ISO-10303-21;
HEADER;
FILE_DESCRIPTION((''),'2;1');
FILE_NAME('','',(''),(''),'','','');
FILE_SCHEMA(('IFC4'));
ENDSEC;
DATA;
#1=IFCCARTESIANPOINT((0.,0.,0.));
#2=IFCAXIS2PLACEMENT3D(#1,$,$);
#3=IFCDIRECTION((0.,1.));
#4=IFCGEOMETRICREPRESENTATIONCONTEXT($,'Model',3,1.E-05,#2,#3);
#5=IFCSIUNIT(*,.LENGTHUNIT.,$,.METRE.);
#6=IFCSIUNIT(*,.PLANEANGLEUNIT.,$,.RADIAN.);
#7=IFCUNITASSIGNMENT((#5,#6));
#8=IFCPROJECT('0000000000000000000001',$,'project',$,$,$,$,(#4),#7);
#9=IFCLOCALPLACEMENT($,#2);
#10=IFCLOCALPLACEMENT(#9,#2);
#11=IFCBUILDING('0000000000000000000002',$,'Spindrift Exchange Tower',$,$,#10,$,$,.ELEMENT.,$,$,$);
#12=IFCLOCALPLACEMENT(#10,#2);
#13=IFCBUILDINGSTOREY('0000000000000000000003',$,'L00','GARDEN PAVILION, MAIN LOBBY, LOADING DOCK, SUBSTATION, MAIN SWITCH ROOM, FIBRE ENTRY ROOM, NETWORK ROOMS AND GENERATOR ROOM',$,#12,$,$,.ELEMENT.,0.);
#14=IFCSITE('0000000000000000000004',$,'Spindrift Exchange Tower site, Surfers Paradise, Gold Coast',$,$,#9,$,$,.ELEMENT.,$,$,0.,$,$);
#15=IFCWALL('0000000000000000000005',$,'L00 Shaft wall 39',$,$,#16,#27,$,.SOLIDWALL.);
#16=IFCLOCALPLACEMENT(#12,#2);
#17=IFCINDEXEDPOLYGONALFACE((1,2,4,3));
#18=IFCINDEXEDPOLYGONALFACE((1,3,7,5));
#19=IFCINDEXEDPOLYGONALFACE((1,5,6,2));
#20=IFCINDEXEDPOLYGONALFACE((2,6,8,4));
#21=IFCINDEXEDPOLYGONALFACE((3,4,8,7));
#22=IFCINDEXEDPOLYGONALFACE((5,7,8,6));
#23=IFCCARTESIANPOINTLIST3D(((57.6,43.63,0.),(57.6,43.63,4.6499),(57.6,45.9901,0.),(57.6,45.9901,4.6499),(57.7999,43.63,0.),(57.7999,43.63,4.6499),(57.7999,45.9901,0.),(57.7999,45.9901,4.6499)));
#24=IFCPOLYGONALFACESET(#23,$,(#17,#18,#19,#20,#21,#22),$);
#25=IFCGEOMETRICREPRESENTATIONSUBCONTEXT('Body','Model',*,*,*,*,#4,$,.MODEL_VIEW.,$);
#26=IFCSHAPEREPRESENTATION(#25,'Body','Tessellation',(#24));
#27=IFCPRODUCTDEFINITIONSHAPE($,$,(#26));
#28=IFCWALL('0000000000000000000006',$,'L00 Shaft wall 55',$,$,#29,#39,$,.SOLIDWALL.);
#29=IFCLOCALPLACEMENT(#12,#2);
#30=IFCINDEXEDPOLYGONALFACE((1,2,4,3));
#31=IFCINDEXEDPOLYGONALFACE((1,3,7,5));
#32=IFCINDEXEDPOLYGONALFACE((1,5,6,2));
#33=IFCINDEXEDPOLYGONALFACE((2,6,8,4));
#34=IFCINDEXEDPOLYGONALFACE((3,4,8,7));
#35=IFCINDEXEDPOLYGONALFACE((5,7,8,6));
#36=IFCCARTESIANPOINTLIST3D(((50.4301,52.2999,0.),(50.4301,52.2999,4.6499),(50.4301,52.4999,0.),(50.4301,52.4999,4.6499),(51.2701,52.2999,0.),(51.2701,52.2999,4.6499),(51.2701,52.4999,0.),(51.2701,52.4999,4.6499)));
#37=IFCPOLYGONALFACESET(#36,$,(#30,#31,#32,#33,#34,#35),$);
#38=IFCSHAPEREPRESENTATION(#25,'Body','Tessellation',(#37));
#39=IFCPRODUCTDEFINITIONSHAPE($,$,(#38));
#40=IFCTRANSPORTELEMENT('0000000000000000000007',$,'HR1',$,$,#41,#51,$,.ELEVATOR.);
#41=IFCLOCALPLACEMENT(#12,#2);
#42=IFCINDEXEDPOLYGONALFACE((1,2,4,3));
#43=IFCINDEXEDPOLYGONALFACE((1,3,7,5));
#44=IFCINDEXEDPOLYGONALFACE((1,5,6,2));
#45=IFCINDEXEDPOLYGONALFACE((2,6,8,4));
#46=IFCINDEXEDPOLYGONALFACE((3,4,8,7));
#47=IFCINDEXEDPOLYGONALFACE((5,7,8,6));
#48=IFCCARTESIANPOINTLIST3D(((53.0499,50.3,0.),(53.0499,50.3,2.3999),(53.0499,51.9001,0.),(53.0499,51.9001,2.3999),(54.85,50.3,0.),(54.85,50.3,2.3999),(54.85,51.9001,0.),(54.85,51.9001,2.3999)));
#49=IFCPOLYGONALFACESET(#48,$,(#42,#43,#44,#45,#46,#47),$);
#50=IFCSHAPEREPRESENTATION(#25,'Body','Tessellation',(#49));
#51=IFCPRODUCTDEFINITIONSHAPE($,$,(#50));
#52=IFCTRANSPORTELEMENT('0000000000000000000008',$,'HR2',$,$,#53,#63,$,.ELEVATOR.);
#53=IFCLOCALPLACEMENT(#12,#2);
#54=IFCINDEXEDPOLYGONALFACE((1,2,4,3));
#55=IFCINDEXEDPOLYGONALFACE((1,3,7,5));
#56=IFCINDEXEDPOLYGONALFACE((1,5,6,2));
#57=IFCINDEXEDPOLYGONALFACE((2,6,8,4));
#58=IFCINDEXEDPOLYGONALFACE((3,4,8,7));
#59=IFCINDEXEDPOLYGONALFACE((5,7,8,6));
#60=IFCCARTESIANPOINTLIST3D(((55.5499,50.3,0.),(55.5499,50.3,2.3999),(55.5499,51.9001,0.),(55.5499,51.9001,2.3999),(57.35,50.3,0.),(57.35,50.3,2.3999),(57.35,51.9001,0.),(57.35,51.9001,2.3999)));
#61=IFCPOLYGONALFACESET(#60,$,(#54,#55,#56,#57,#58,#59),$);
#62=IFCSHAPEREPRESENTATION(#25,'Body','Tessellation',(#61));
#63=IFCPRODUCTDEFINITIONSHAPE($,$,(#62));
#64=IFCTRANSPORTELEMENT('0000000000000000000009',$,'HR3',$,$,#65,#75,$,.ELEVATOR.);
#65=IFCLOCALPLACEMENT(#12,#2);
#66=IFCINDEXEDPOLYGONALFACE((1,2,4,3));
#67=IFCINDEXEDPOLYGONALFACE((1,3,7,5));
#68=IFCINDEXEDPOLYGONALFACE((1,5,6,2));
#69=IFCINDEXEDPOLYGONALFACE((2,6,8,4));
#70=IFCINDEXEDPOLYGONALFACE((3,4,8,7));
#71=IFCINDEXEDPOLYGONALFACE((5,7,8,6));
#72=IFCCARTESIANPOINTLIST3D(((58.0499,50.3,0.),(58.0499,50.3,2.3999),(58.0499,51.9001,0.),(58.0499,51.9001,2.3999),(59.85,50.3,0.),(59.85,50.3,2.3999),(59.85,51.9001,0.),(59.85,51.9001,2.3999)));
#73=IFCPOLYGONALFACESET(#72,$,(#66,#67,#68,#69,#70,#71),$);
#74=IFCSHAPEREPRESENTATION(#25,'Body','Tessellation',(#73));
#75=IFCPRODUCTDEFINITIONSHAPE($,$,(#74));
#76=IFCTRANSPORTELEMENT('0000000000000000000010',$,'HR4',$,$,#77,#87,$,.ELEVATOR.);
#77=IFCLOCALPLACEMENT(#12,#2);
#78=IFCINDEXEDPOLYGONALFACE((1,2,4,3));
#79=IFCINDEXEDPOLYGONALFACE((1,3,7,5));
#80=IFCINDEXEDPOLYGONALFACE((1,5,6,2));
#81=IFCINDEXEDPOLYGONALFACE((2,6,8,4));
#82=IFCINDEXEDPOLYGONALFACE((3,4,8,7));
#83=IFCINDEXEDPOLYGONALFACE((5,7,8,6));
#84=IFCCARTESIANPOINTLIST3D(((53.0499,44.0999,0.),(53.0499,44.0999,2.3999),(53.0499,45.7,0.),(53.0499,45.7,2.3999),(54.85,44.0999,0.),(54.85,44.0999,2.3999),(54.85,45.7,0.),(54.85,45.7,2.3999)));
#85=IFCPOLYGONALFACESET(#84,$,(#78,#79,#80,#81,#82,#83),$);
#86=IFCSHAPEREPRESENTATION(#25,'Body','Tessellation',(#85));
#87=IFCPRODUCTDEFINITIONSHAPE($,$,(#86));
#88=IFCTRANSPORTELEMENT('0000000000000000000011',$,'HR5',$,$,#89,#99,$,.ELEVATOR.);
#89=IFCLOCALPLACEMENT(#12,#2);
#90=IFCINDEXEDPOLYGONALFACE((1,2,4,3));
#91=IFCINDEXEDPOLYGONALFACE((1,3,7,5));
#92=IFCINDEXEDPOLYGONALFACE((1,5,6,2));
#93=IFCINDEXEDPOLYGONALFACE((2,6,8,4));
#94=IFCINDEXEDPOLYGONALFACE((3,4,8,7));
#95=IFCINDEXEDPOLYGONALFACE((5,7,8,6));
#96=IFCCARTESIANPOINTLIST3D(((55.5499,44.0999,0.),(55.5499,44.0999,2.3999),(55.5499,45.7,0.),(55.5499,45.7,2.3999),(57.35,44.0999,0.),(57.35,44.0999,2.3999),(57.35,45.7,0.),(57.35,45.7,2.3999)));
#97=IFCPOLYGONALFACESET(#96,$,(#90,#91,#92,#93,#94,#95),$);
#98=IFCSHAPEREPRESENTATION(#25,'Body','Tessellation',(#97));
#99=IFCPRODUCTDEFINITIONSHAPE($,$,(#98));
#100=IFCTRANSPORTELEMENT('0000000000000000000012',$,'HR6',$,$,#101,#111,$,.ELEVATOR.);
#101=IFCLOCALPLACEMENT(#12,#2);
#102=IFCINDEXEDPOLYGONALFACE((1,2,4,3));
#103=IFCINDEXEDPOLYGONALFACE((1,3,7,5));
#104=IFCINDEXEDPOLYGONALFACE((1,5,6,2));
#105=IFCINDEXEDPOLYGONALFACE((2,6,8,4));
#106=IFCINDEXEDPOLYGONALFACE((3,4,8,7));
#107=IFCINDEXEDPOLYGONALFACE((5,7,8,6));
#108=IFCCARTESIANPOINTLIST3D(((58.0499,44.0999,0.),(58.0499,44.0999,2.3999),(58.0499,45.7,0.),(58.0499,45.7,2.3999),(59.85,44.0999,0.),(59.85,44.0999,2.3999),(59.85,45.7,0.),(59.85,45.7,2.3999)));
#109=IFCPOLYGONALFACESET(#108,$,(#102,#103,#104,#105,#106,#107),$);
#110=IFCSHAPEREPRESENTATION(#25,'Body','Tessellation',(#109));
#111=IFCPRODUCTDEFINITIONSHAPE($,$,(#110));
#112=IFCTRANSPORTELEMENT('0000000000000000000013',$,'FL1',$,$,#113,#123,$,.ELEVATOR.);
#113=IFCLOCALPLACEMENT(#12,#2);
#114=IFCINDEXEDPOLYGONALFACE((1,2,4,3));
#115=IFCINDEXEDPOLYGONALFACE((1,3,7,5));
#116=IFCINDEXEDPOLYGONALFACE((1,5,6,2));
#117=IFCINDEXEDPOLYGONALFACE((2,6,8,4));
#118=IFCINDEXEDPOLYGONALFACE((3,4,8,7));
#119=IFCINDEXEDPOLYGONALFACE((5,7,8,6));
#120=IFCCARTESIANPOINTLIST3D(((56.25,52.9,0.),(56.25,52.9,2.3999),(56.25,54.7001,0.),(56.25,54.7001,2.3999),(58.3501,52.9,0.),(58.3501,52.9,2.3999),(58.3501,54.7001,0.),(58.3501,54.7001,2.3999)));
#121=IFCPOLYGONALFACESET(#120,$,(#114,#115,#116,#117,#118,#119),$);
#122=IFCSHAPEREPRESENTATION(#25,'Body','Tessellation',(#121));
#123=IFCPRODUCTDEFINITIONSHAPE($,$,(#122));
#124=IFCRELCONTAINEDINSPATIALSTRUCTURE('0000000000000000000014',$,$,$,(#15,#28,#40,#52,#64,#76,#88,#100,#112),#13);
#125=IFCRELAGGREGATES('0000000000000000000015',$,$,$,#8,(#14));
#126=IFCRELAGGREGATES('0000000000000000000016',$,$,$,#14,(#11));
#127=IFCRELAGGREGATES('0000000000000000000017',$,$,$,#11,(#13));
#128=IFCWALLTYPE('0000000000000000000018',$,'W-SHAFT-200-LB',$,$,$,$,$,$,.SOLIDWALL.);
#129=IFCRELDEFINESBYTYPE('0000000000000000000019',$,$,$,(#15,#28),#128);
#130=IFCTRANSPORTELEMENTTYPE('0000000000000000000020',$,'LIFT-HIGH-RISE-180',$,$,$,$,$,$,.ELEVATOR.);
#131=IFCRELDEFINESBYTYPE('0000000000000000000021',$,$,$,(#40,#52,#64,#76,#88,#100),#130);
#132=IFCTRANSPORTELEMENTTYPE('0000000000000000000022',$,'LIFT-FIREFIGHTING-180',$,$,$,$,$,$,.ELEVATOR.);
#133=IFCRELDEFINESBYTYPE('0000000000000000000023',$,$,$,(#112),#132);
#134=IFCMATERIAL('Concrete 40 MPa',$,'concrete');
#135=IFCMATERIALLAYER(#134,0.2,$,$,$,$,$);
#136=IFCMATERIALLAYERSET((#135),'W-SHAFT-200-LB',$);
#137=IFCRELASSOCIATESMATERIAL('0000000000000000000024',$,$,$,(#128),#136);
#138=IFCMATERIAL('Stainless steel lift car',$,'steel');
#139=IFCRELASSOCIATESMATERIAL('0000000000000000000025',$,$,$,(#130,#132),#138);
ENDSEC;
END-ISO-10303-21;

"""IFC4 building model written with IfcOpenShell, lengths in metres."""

from ifc_helpers import new_model, si_unit, direction, frame, frame_2d, origin, origin_2d, place, context, subcontext, project, spatial, rectangle, extrude, source, transform, mapped, material, layer, layer_set, type_object, element, save


model = new_model("IFC4")

# Units and contexts
model_context = context("Model", 3, precision=1e-05, world=origin(), true_north=direction((0.0, 1.0)))
body_context = subcontext(model_context, "Body", "Model", "MODEL_VIEW")
ifc_project = project(units=[si_unit("LENGTHUNIT", "METRE"), si_unit("PLANEANGLEUNIT", "RADIAN")], contexts=[model_context])

# Site, building, storey
site_placement = place(None, origin())
site = spatial("IfcSite", under=ifc_project, at=site_placement, Name="Spindrift Exchange Tower site, Surfers Paradise, Gold Coast", CompositionType="ELEMENT", RefElevation=0.0)
building_placement = place(site_placement, origin())
building = spatial("IfcBuilding", under=site, at=building_placement, Name="Spindrift Exchange Tower", CompositionType="ELEMENT")
storey_placement = place(building_placement, origin())
storey = spatial("IfcBuildingStorey", under=building, at=storey_placement, Name="L00", Description="GARDEN PAVILION, MAIN LOBBY, LOADING DOCK, SUBSTATION, MAIN SWITCH ROOM, FIBRE ENTRY ROOM, NETWORK ROOMS AND GENERATOR ROOM", CompositionType="ELEMENT", Elevation=0.0)

# Shared definitions
ifc_material_1 = material(Name="Concrete 40 MPa", Category="concrete")

# Shared definitions
ifc_layer_1 = layer(ifc_material_1, 0.2)
ifc_layer_set_1 = layer_set([ifc_layer_1], Name="W-SHAFT-200-LB")
wall_type_1 = type_object("IfcWallType", Name="W-SHAFT-200-LB", PredefinedType="SOLIDWALL", material=ifc_layer_set_1)

# Walls
for number, where, z_axis, x_axis, name in (
    (1, (57.7, 43.6299, 0.0), (0.0, 0.0, 1.0), (0.0, 1.0, 0.0), "L00 Shaft wall 39"),
):
    element("IfcWall", number, at=place(storey_placement, frame(where, z_axis=z_axis, x_axis=x_axis)), inside=storey, type_object=wall_type_1, Name=name, PredefinedType="SOLIDWALL", context=body_context, shape_type="SweptSolid", body=[
        extrude(rectangle(XDim=2.3601, YDim=0.2, at=frame_2d((1.1802, 0.0))), origin(), (0.0, 0.0, 1.0), 4.6499),
    ])
wall_1_placement = place(storey_placement, frame((51.27, 52.3999, 0.0), z_axis=(0.0, 0.0, 1.0), x_axis=(-1.0, 0.0, 0.0)))
element("IfcWall", 2, at=wall_1_placement, inside=storey, type_object=wall_type_1, Name="L00 Shaft wall 55", PredefinedType="SOLIDWALL", context=body_context, shape_type="SweptSolid", body=[
    extrude(rectangle(XDim=0.8401, YDim=0.2, at=frame_2d((0.4199, 0.0))), origin(), (0.0, 0.0, 1.0), 4.6499),
])

# Transport elements
ifc_material_2 = material(Name="Stainless steel lift car", Category="steel")
transport_element_type_1 = type_object("IfcTransportElementType", Name="LIFT-HIGH-RISE-180", PredefinedType="ELEVATOR", material=ifc_material_2)
shared_shape_1 = source(origin(), body_context, "Body", "SweptSolid", [
    extrude(rectangle(XDim=1.8, YDim=1.6001, at=origin_2d()), origin(), (0.0, 0.0, 1.0), 2.3999),
])
for number, where, z_axis, x_axis, name in (
    (3, (53.95, 51.1001, 0.0), (0.0, 0.0, 1.0), (1.0, 0.0, 0.0), "HR1"),
    (4, (56.45, 51.1001, 0.0), (0.0, 0.0, 1.0), (1.0, 0.0, 0.0), "HR2"),
    (5, (58.95, 51.1001, 0.0), (0.0, 0.0, 1.0), (1.0, 0.0, 0.0), "HR3"),
    (6, (53.95, 44.8999, 0.0), (0.0, 0.0, 1.0), (1.0, 0.0, 0.0), "HR4"),
    (7, (56.45, 44.8999, 0.0), (0.0, 0.0, 1.0), (1.0, 0.0, 0.0), "HR5"),
    (8, (58.95, 44.8999, 0.0), (0.0, 0.0, 1.0), (1.0, 0.0, 0.0), "HR6"),
):
    element("IfcTransportElement", number, at=place(storey_placement, frame(where, z_axis=z_axis, x_axis=x_axis)), inside=storey, type_object=transport_element_type_1, Name=name, PredefinedType="ELEVATOR", context=body_context, shape_type="MappedRepresentation", body=[
        mapped(shared_shape_1, transform((0.0, 0.0, 0.0), scale=1.0)),
    ])
transport_element_type_2 = type_object("IfcTransportElementType", Name="LIFT-FIREFIGHTING-180", PredefinedType="ELEVATOR", material=ifc_material_2)
shared_shape_2 = source(origin(), body_context, "Body", "SweptSolid", [
    extrude(rectangle(XDim=2.1001, YDim=1.8, at=origin_2d()), origin(), (0.0, 0.0, 1.0), 2.3999),
])
transport_element_placement = place(storey_placement, frame((57.3, 53.8, 0.0), z_axis=(0.0, 0.0, 1.0), x_axis=(1.0, 0.0, 0.0)))
element("IfcTransportElement", 9, at=transport_element_placement, inside=storey, type_object=transport_element_type_2, Name="FL1", PredefinedType="ELEVATOR", context=body_context, shape_type="MappedRepresentation", body=[
    mapped(shared_shape_2, transform((0.0, 0.0, 0.0), scale=1.0)),
])

save(model, "model.ifc")
